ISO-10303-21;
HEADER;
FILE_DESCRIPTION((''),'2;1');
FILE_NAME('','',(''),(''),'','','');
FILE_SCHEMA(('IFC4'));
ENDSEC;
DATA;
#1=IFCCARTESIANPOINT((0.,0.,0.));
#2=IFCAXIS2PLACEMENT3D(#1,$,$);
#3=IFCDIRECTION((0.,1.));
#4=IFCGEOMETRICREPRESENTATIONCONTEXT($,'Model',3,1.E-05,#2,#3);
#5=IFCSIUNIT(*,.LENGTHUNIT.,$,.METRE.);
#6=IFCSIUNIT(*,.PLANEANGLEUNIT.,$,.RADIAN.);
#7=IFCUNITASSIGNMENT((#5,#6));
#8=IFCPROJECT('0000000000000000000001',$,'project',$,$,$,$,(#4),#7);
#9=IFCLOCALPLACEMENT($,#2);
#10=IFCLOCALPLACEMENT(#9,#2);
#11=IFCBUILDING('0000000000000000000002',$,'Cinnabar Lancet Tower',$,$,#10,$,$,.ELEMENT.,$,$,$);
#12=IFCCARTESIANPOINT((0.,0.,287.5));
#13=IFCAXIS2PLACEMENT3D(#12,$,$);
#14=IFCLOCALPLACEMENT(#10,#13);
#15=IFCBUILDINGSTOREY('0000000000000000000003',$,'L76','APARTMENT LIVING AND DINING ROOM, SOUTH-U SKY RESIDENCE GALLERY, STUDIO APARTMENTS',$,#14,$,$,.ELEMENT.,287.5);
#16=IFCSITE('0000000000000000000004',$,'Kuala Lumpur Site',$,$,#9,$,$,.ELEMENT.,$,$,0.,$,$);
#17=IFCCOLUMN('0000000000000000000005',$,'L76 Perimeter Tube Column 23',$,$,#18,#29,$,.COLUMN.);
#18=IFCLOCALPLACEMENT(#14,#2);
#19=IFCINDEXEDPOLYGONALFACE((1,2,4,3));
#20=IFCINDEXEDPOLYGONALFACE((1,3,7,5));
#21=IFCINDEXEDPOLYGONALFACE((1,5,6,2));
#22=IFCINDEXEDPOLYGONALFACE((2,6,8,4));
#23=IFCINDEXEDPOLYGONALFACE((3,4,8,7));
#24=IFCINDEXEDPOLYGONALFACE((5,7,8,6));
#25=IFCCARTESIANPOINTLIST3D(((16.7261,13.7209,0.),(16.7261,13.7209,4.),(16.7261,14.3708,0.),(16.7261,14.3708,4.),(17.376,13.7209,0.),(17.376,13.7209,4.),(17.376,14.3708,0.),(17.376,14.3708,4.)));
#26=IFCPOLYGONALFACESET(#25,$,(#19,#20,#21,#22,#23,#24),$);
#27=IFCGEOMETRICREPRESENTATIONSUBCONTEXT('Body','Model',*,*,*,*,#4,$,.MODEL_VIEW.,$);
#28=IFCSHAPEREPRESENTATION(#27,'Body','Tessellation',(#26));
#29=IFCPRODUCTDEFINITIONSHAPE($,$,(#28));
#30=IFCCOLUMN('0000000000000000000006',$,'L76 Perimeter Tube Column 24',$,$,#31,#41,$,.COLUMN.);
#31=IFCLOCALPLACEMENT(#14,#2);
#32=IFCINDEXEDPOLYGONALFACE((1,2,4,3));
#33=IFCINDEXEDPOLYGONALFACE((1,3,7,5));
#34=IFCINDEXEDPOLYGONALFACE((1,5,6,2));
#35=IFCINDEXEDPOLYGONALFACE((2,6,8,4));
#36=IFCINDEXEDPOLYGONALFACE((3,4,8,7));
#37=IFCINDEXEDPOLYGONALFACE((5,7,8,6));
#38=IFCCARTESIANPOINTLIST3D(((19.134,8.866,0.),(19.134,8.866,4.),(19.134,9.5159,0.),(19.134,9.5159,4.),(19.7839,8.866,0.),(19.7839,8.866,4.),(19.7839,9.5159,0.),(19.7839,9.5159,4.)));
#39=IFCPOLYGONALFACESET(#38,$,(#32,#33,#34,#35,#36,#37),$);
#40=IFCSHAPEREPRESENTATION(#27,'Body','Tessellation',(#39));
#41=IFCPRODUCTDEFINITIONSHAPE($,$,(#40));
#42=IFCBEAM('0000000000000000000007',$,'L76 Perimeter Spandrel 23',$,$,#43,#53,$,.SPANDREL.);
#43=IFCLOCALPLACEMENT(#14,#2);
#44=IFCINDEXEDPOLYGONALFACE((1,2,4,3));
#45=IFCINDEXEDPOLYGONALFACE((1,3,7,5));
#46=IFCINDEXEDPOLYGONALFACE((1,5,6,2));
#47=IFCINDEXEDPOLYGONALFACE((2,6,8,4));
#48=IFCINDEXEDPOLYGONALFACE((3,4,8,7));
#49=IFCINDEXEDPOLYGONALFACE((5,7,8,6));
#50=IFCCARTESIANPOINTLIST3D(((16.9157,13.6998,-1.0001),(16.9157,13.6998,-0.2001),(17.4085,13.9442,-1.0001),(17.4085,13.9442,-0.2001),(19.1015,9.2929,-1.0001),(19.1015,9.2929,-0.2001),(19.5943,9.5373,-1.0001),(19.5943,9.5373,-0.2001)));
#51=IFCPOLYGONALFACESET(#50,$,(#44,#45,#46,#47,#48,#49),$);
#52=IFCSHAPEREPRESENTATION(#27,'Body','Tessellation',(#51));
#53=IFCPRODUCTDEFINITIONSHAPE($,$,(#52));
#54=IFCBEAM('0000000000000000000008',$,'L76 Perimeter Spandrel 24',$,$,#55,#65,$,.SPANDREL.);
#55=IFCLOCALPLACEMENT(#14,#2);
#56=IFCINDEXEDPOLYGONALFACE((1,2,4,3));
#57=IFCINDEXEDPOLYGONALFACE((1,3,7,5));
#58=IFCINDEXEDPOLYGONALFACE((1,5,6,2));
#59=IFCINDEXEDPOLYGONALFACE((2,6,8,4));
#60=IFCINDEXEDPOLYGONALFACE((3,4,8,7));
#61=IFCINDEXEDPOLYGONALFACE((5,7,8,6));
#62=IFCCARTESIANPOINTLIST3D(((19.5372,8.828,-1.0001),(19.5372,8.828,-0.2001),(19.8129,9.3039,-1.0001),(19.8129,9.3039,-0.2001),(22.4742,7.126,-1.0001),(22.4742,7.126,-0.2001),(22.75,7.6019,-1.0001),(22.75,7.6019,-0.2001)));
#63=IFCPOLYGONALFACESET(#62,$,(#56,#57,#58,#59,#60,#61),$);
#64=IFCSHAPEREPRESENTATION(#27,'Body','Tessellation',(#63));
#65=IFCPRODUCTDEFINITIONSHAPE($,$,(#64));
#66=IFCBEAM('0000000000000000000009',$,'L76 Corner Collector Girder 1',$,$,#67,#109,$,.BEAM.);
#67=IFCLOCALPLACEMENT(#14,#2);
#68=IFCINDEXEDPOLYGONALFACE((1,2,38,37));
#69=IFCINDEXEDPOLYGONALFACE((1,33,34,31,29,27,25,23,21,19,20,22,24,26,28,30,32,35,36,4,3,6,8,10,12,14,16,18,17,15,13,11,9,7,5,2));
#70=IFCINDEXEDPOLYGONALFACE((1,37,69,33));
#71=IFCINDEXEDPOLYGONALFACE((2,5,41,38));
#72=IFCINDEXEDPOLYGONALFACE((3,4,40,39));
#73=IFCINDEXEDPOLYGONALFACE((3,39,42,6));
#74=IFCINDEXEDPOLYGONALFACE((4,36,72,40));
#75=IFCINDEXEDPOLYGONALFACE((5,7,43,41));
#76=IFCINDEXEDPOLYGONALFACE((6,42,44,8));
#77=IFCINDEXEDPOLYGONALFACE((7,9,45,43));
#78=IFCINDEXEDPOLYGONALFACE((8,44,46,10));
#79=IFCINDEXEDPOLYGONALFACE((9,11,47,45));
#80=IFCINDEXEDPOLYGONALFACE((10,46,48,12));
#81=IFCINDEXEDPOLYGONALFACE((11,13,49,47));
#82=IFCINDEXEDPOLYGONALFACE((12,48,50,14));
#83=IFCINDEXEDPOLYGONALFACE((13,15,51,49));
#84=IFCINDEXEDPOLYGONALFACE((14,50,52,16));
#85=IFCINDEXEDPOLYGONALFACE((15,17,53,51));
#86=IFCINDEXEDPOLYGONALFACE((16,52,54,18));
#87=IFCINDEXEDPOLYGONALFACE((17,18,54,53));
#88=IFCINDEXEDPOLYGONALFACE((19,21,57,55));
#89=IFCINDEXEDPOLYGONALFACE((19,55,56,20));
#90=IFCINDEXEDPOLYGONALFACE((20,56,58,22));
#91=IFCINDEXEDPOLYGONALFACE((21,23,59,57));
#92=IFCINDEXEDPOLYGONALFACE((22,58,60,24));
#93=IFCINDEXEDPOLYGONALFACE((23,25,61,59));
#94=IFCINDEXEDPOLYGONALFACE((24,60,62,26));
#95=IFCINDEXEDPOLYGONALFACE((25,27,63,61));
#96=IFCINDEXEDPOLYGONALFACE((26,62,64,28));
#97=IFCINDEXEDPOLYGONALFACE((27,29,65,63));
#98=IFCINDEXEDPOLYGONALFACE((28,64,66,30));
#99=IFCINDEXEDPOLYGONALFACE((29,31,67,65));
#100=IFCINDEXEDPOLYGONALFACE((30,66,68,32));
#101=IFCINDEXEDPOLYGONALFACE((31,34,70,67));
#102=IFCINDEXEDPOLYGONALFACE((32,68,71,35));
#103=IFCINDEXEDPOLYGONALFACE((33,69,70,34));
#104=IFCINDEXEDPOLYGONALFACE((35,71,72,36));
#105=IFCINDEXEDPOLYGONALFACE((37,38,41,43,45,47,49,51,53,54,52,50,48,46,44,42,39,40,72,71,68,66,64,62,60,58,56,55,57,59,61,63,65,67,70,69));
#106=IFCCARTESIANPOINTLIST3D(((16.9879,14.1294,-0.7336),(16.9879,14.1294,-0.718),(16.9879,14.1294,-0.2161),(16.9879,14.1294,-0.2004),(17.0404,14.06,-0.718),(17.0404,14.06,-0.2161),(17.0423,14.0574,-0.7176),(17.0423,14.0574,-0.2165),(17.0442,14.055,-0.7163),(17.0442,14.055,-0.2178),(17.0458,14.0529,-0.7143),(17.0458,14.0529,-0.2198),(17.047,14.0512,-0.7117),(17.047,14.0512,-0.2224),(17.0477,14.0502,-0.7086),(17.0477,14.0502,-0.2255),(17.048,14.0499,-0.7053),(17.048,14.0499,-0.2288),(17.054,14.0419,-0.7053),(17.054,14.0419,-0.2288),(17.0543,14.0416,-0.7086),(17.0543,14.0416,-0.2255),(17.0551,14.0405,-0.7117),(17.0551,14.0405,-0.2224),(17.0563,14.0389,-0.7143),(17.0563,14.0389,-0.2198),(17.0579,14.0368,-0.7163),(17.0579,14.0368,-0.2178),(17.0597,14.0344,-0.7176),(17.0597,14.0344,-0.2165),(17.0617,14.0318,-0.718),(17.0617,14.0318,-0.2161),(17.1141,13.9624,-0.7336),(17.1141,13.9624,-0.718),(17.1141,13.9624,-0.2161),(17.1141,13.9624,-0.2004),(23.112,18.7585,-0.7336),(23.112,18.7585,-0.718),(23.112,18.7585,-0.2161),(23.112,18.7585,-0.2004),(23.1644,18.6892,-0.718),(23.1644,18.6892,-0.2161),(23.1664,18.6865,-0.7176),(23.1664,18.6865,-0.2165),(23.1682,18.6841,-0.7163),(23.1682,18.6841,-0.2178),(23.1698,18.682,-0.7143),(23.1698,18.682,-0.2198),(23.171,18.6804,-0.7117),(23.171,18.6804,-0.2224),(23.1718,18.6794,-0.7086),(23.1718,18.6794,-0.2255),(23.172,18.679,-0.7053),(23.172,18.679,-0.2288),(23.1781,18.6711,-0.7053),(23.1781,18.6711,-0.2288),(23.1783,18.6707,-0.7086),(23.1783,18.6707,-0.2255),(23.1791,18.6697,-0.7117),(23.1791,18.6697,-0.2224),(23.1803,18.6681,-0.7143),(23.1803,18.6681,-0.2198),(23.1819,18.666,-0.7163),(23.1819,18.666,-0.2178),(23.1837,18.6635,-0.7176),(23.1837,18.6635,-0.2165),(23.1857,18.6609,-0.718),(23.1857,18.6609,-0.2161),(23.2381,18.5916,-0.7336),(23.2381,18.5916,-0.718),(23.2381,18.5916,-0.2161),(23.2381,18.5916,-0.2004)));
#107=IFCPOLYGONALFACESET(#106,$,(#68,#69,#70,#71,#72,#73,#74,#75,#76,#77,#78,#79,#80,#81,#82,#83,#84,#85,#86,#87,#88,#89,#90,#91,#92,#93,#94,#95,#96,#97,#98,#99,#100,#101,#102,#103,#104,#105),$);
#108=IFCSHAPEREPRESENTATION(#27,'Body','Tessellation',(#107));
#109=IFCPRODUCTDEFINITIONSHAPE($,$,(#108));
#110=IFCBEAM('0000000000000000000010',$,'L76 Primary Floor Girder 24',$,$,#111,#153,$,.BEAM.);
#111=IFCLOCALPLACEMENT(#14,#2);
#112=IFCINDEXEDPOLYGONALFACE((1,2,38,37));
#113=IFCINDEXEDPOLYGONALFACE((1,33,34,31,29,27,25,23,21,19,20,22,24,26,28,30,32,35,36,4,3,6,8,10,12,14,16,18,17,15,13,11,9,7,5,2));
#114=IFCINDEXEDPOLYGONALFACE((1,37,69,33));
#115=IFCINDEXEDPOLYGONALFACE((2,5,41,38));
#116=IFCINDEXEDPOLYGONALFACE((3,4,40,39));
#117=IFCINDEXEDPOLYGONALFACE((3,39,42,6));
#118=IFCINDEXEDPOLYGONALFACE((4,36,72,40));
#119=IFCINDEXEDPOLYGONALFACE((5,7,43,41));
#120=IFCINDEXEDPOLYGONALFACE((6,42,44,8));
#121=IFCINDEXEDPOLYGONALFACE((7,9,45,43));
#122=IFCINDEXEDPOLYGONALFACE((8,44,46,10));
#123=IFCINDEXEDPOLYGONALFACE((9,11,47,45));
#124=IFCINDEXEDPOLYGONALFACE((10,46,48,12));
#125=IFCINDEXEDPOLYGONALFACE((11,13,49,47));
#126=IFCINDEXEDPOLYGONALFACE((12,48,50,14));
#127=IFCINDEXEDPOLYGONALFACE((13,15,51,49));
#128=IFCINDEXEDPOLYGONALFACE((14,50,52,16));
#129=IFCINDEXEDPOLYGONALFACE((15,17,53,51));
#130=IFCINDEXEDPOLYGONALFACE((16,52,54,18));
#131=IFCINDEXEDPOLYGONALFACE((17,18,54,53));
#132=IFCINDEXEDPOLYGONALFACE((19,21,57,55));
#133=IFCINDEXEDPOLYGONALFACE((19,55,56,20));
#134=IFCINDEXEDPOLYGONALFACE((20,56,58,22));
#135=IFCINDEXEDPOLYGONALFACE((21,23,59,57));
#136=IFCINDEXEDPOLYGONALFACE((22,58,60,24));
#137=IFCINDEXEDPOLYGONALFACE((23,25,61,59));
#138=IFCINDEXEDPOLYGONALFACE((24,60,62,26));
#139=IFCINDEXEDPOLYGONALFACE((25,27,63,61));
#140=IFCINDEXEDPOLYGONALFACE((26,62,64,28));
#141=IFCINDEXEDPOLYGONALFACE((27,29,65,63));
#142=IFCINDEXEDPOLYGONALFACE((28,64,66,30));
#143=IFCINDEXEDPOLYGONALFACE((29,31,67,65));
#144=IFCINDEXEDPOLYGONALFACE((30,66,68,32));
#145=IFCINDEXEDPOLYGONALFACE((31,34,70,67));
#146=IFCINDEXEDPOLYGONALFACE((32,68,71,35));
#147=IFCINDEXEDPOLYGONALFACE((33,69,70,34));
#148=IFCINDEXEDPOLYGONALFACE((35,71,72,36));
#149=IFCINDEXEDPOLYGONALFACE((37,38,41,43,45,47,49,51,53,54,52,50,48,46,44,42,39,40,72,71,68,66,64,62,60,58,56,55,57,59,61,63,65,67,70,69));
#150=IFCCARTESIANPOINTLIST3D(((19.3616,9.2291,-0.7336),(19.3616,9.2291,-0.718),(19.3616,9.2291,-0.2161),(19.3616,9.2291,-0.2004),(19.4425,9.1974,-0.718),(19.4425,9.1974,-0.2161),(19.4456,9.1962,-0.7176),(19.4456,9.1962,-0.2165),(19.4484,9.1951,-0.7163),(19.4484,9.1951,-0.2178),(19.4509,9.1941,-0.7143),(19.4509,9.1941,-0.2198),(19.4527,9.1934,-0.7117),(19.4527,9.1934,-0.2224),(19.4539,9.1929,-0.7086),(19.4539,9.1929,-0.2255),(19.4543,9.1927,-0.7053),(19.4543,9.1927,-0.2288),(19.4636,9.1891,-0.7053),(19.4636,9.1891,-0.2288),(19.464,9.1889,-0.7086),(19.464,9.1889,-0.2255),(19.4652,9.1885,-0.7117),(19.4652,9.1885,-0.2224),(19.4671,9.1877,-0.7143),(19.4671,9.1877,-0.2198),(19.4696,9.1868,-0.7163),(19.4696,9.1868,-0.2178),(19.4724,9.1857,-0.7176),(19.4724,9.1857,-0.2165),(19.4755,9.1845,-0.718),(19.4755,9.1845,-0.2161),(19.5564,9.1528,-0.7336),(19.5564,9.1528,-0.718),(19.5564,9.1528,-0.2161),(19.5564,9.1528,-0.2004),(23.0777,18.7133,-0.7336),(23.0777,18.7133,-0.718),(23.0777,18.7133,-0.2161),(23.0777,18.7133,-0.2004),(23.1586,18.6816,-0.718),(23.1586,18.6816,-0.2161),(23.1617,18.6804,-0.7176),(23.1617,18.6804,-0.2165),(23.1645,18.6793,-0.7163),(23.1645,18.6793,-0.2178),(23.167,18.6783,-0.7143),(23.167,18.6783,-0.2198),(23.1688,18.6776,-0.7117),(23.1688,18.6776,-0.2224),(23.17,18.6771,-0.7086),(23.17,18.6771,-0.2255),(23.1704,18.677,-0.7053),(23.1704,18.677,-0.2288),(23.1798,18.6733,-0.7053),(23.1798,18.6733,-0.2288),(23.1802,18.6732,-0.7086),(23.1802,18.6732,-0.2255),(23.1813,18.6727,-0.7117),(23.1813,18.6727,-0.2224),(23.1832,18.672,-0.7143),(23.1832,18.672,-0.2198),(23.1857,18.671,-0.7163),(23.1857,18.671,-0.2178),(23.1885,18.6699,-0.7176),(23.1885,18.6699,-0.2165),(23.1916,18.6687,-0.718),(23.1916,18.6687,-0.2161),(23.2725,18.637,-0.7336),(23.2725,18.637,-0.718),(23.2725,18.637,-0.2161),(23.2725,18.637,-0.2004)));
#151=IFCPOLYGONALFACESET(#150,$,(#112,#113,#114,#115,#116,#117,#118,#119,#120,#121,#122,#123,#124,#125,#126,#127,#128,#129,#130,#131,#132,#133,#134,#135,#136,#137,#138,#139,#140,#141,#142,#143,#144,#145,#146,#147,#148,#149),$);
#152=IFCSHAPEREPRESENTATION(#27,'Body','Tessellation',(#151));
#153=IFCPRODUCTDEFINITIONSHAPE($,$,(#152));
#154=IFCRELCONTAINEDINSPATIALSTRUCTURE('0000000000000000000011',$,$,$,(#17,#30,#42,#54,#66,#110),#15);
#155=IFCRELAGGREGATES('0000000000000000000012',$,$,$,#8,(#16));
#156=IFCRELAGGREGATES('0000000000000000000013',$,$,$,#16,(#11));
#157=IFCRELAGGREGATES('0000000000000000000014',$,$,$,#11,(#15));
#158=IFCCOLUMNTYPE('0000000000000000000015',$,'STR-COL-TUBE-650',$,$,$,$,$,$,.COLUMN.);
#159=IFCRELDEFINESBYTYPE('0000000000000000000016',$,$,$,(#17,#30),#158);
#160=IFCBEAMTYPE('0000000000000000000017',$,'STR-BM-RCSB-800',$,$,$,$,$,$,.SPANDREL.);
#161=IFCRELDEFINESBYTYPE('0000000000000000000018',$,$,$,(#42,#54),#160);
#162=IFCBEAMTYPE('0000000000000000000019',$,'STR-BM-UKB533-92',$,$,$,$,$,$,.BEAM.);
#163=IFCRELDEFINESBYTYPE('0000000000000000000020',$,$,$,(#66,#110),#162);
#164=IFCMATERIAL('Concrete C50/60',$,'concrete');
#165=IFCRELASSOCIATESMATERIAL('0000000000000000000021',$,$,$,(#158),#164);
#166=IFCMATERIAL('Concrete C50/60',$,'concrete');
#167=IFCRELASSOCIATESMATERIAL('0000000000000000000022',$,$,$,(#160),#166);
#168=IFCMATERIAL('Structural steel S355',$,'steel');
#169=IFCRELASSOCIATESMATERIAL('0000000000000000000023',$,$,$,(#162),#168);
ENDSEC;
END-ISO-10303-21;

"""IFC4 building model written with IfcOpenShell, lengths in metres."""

from ifc_helpers import new_model, si_unit, direction, frame, origin, origin_2d, place, context, subcontext, project, spatial, rectangle, i_section, extrude, material, material_profile, profile_set, type_object, element, save


model = new_model("IFC4")

# Units and contexts
model_context = context("Model", 3, precision=1e-05, world=origin(), true_north=direction((0.0, 1.0)))
body_context = subcontext(model_context, "Body", "Model", "MODEL_VIEW")
ifc_project = project(units=[si_unit("LENGTHUNIT", "METRE"), si_unit("PLANEANGLEUNIT", "RADIAN")], contexts=[model_context])

# Site, building, storey
site_placement = place(None, origin())
site = spatial("IfcSite", under=ifc_project, at=site_placement, Name="Kuala Lumpur Site", CompositionType="ELEMENT", RefElevation=0.0)
building_placement = place(site_placement, origin())
building = spatial("IfcBuilding", under=site, at=building_placement, Name="Cinnabar Lancet Tower", CompositionType="ELEMENT")
storey_placement = place(building_placement, frame((0.0, 0.0, 287.5)))
storey = spatial("IfcBuildingStorey", under=building, at=storey_placement, Name="L76", Description="APARTMENT LIVING AND DINING ROOM, SOUTH-U SKY RESIDENCE GALLERY, STUDIO APARTMENTS", CompositionType="ELEMENT", Elevation=287.5)

# Columns
ifc_material_1 = material(Name="Concrete C50/60", Category="concrete")
ifc_material_profile_1 = material_profile(ifc_material_1, rectangle(XDim=0.6499, YDim=0.6499, at=origin_2d()), Name="RC-COL 650x650")
ifc_profile_set_1 = profile_set([ifc_material_profile_1], Name="Concrete C50/60")
column_type = type_object("IfcColumnType", Name="STR-COL-TUBE-650", PredefinedType="COLUMN", material=ifc_profile_set_1)
for number, where, z_axis, x_axis, name in (
    (1, (17.051, 14.0459, 0.0), (0.0, 0.0, 1.0), (1.0, 0.0, 0.0), "L76 Perimeter Tube Column 23"),
    (2, (19.459, 9.1909, 0.0), (0.0, 0.0, 1.0), (1.0, 0.0, 0.0), "L76 Perimeter Tube Column 24"),
):
    element("IfcColumn", number, at=place(storey_placement, frame(where, z_axis=z_axis, x_axis=x_axis)), inside=storey, type_object=column_type, Name=name, PredefinedType="COLUMN", context=body_context, shape_type="SweptSolid", body=[
        extrude(rectangle(XDim=0.6499, YDim=0.6499, at=origin_2d()), origin(), (0.0, 0.0, 1.0), 4.0),
    ])

# Beams
ifc_material_2 = material(Name="Concrete C50/60", Category="concrete")
ifc_material_profile_2 = material_profile(ifc_material_2, rectangle(XDim=0.55, YDim=0.8, at=origin_2d()), Name="RC-SB 550x800")
ifc_profile_set_2 = profile_set([ifc_material_profile_2], Name="Concrete C50/60")
beam_type_1 = type_object("IfcBeamType", Name="STR-BM-RCSB-800", PredefinedType="SPANDREL", material=ifc_profile_set_2)
beam_1_placement = place(storey_placement, frame((17.1621, 13.822, -0.6001), z_axis=(0.444333, -0.895862, 0.0), x_axis=(0.895862, 0.444333, 0.0)))
element("IfcBeam", 3, at=beam_1_placement, inside=storey, type_object=beam_type_1, Name="L76 Perimeter Spandrel 23", PredefinedType="SPANDREL", context=body_context, shape_type="SweptSolid", body=[
    extrude(rectangle(XDim=0.55, YDim=0.8, at=origin_2d()), origin(), (0.0, 0.0, 1.0), 4.9192),
])
beam_2_placement = place(storey_placement, frame((19.675, 9.0659, -0.6001), z_axis=(0.865231, -0.501374, 0.0), x_axis=(0.501374, 0.865231, 0.0)))
element("IfcBeam", 4, at=beam_2_placement, inside=storey, type_object=beam_type_1, Name="L76 Perimeter Spandrel 24", PredefinedType="SPANDREL", context=body_context, shape_type="SweptSolid", body=[
    extrude(rectangle(XDim=0.55, YDim=0.8, at=origin_2d()), origin(), (0.0, 0.0, 1.0), 3.3945),
])
ifc_material_3 = material(Name="Structural steel S355", Category="steel")
ifc_material_profile_3 = material_profile(ifc_material_3, i_section(OverallWidth=0.2092, OverallDepth=0.5332, WebThickness=0.01, FlangeThickness=0.0156, FilletRadius=0.0127, at=origin_2d()), Name="UKB 533x210x92")
ifc_profile_set_3 = profile_set([ifc_material_profile_3], Name="Structural steel S355")
beam_type_2 = type_object("IfcBeamType", Name="STR-BM-UKB533-92", PredefinedType="BEAM", material=ifc_profile_set_3)
beam_3_placement = place(storey_placement, frame((17.051, 14.0459, -0.467), z_axis=(0.797735, 0.603008, 0.0), x_axis=(-0.603008, 0.797735, 0.0)))
element("IfcBeam", 5, at=beam_3_placement, inside=storey, type_object=beam_type_2, Name="L76 Corner Collector Girder 1", PredefinedType="BEAM", context=body_context, shape_type="SweptSolid", body=[
    extrude(i_section(OverallWidth=0.2092, OverallDepth=0.5332, WebThickness=0.01, FlangeThickness=0.0156, FilletRadius=0.0127, at=origin_2d()), origin(), (0.0, 0.0, 1.0), 7.6768),
])
beam_4_placement = place(storey_placement, frame((19.459, 9.1909, -0.467), z_axis=(0.364815, 0.93108, 0.0), x_axis=(-0.93108, 0.364815, 0.0)))
element("IfcBeam", 6, at=beam_4_placement, inside=storey, type_object=beam_type_2, Name="L76 Primary Floor Girder 24", PredefinedType="BEAM", context=body_context, shape_type="SweptSolid", body=[
    extrude(i_section(OverallWidth=0.2092, OverallDepth=0.5332, WebThickness=0.01, FlangeThickness=0.0156, FilletRadius=0.0127, at=origin_2d()), origin(), (0.0, 0.0, 1.0), 10.1863),
])

save(model, "model.ifc")
